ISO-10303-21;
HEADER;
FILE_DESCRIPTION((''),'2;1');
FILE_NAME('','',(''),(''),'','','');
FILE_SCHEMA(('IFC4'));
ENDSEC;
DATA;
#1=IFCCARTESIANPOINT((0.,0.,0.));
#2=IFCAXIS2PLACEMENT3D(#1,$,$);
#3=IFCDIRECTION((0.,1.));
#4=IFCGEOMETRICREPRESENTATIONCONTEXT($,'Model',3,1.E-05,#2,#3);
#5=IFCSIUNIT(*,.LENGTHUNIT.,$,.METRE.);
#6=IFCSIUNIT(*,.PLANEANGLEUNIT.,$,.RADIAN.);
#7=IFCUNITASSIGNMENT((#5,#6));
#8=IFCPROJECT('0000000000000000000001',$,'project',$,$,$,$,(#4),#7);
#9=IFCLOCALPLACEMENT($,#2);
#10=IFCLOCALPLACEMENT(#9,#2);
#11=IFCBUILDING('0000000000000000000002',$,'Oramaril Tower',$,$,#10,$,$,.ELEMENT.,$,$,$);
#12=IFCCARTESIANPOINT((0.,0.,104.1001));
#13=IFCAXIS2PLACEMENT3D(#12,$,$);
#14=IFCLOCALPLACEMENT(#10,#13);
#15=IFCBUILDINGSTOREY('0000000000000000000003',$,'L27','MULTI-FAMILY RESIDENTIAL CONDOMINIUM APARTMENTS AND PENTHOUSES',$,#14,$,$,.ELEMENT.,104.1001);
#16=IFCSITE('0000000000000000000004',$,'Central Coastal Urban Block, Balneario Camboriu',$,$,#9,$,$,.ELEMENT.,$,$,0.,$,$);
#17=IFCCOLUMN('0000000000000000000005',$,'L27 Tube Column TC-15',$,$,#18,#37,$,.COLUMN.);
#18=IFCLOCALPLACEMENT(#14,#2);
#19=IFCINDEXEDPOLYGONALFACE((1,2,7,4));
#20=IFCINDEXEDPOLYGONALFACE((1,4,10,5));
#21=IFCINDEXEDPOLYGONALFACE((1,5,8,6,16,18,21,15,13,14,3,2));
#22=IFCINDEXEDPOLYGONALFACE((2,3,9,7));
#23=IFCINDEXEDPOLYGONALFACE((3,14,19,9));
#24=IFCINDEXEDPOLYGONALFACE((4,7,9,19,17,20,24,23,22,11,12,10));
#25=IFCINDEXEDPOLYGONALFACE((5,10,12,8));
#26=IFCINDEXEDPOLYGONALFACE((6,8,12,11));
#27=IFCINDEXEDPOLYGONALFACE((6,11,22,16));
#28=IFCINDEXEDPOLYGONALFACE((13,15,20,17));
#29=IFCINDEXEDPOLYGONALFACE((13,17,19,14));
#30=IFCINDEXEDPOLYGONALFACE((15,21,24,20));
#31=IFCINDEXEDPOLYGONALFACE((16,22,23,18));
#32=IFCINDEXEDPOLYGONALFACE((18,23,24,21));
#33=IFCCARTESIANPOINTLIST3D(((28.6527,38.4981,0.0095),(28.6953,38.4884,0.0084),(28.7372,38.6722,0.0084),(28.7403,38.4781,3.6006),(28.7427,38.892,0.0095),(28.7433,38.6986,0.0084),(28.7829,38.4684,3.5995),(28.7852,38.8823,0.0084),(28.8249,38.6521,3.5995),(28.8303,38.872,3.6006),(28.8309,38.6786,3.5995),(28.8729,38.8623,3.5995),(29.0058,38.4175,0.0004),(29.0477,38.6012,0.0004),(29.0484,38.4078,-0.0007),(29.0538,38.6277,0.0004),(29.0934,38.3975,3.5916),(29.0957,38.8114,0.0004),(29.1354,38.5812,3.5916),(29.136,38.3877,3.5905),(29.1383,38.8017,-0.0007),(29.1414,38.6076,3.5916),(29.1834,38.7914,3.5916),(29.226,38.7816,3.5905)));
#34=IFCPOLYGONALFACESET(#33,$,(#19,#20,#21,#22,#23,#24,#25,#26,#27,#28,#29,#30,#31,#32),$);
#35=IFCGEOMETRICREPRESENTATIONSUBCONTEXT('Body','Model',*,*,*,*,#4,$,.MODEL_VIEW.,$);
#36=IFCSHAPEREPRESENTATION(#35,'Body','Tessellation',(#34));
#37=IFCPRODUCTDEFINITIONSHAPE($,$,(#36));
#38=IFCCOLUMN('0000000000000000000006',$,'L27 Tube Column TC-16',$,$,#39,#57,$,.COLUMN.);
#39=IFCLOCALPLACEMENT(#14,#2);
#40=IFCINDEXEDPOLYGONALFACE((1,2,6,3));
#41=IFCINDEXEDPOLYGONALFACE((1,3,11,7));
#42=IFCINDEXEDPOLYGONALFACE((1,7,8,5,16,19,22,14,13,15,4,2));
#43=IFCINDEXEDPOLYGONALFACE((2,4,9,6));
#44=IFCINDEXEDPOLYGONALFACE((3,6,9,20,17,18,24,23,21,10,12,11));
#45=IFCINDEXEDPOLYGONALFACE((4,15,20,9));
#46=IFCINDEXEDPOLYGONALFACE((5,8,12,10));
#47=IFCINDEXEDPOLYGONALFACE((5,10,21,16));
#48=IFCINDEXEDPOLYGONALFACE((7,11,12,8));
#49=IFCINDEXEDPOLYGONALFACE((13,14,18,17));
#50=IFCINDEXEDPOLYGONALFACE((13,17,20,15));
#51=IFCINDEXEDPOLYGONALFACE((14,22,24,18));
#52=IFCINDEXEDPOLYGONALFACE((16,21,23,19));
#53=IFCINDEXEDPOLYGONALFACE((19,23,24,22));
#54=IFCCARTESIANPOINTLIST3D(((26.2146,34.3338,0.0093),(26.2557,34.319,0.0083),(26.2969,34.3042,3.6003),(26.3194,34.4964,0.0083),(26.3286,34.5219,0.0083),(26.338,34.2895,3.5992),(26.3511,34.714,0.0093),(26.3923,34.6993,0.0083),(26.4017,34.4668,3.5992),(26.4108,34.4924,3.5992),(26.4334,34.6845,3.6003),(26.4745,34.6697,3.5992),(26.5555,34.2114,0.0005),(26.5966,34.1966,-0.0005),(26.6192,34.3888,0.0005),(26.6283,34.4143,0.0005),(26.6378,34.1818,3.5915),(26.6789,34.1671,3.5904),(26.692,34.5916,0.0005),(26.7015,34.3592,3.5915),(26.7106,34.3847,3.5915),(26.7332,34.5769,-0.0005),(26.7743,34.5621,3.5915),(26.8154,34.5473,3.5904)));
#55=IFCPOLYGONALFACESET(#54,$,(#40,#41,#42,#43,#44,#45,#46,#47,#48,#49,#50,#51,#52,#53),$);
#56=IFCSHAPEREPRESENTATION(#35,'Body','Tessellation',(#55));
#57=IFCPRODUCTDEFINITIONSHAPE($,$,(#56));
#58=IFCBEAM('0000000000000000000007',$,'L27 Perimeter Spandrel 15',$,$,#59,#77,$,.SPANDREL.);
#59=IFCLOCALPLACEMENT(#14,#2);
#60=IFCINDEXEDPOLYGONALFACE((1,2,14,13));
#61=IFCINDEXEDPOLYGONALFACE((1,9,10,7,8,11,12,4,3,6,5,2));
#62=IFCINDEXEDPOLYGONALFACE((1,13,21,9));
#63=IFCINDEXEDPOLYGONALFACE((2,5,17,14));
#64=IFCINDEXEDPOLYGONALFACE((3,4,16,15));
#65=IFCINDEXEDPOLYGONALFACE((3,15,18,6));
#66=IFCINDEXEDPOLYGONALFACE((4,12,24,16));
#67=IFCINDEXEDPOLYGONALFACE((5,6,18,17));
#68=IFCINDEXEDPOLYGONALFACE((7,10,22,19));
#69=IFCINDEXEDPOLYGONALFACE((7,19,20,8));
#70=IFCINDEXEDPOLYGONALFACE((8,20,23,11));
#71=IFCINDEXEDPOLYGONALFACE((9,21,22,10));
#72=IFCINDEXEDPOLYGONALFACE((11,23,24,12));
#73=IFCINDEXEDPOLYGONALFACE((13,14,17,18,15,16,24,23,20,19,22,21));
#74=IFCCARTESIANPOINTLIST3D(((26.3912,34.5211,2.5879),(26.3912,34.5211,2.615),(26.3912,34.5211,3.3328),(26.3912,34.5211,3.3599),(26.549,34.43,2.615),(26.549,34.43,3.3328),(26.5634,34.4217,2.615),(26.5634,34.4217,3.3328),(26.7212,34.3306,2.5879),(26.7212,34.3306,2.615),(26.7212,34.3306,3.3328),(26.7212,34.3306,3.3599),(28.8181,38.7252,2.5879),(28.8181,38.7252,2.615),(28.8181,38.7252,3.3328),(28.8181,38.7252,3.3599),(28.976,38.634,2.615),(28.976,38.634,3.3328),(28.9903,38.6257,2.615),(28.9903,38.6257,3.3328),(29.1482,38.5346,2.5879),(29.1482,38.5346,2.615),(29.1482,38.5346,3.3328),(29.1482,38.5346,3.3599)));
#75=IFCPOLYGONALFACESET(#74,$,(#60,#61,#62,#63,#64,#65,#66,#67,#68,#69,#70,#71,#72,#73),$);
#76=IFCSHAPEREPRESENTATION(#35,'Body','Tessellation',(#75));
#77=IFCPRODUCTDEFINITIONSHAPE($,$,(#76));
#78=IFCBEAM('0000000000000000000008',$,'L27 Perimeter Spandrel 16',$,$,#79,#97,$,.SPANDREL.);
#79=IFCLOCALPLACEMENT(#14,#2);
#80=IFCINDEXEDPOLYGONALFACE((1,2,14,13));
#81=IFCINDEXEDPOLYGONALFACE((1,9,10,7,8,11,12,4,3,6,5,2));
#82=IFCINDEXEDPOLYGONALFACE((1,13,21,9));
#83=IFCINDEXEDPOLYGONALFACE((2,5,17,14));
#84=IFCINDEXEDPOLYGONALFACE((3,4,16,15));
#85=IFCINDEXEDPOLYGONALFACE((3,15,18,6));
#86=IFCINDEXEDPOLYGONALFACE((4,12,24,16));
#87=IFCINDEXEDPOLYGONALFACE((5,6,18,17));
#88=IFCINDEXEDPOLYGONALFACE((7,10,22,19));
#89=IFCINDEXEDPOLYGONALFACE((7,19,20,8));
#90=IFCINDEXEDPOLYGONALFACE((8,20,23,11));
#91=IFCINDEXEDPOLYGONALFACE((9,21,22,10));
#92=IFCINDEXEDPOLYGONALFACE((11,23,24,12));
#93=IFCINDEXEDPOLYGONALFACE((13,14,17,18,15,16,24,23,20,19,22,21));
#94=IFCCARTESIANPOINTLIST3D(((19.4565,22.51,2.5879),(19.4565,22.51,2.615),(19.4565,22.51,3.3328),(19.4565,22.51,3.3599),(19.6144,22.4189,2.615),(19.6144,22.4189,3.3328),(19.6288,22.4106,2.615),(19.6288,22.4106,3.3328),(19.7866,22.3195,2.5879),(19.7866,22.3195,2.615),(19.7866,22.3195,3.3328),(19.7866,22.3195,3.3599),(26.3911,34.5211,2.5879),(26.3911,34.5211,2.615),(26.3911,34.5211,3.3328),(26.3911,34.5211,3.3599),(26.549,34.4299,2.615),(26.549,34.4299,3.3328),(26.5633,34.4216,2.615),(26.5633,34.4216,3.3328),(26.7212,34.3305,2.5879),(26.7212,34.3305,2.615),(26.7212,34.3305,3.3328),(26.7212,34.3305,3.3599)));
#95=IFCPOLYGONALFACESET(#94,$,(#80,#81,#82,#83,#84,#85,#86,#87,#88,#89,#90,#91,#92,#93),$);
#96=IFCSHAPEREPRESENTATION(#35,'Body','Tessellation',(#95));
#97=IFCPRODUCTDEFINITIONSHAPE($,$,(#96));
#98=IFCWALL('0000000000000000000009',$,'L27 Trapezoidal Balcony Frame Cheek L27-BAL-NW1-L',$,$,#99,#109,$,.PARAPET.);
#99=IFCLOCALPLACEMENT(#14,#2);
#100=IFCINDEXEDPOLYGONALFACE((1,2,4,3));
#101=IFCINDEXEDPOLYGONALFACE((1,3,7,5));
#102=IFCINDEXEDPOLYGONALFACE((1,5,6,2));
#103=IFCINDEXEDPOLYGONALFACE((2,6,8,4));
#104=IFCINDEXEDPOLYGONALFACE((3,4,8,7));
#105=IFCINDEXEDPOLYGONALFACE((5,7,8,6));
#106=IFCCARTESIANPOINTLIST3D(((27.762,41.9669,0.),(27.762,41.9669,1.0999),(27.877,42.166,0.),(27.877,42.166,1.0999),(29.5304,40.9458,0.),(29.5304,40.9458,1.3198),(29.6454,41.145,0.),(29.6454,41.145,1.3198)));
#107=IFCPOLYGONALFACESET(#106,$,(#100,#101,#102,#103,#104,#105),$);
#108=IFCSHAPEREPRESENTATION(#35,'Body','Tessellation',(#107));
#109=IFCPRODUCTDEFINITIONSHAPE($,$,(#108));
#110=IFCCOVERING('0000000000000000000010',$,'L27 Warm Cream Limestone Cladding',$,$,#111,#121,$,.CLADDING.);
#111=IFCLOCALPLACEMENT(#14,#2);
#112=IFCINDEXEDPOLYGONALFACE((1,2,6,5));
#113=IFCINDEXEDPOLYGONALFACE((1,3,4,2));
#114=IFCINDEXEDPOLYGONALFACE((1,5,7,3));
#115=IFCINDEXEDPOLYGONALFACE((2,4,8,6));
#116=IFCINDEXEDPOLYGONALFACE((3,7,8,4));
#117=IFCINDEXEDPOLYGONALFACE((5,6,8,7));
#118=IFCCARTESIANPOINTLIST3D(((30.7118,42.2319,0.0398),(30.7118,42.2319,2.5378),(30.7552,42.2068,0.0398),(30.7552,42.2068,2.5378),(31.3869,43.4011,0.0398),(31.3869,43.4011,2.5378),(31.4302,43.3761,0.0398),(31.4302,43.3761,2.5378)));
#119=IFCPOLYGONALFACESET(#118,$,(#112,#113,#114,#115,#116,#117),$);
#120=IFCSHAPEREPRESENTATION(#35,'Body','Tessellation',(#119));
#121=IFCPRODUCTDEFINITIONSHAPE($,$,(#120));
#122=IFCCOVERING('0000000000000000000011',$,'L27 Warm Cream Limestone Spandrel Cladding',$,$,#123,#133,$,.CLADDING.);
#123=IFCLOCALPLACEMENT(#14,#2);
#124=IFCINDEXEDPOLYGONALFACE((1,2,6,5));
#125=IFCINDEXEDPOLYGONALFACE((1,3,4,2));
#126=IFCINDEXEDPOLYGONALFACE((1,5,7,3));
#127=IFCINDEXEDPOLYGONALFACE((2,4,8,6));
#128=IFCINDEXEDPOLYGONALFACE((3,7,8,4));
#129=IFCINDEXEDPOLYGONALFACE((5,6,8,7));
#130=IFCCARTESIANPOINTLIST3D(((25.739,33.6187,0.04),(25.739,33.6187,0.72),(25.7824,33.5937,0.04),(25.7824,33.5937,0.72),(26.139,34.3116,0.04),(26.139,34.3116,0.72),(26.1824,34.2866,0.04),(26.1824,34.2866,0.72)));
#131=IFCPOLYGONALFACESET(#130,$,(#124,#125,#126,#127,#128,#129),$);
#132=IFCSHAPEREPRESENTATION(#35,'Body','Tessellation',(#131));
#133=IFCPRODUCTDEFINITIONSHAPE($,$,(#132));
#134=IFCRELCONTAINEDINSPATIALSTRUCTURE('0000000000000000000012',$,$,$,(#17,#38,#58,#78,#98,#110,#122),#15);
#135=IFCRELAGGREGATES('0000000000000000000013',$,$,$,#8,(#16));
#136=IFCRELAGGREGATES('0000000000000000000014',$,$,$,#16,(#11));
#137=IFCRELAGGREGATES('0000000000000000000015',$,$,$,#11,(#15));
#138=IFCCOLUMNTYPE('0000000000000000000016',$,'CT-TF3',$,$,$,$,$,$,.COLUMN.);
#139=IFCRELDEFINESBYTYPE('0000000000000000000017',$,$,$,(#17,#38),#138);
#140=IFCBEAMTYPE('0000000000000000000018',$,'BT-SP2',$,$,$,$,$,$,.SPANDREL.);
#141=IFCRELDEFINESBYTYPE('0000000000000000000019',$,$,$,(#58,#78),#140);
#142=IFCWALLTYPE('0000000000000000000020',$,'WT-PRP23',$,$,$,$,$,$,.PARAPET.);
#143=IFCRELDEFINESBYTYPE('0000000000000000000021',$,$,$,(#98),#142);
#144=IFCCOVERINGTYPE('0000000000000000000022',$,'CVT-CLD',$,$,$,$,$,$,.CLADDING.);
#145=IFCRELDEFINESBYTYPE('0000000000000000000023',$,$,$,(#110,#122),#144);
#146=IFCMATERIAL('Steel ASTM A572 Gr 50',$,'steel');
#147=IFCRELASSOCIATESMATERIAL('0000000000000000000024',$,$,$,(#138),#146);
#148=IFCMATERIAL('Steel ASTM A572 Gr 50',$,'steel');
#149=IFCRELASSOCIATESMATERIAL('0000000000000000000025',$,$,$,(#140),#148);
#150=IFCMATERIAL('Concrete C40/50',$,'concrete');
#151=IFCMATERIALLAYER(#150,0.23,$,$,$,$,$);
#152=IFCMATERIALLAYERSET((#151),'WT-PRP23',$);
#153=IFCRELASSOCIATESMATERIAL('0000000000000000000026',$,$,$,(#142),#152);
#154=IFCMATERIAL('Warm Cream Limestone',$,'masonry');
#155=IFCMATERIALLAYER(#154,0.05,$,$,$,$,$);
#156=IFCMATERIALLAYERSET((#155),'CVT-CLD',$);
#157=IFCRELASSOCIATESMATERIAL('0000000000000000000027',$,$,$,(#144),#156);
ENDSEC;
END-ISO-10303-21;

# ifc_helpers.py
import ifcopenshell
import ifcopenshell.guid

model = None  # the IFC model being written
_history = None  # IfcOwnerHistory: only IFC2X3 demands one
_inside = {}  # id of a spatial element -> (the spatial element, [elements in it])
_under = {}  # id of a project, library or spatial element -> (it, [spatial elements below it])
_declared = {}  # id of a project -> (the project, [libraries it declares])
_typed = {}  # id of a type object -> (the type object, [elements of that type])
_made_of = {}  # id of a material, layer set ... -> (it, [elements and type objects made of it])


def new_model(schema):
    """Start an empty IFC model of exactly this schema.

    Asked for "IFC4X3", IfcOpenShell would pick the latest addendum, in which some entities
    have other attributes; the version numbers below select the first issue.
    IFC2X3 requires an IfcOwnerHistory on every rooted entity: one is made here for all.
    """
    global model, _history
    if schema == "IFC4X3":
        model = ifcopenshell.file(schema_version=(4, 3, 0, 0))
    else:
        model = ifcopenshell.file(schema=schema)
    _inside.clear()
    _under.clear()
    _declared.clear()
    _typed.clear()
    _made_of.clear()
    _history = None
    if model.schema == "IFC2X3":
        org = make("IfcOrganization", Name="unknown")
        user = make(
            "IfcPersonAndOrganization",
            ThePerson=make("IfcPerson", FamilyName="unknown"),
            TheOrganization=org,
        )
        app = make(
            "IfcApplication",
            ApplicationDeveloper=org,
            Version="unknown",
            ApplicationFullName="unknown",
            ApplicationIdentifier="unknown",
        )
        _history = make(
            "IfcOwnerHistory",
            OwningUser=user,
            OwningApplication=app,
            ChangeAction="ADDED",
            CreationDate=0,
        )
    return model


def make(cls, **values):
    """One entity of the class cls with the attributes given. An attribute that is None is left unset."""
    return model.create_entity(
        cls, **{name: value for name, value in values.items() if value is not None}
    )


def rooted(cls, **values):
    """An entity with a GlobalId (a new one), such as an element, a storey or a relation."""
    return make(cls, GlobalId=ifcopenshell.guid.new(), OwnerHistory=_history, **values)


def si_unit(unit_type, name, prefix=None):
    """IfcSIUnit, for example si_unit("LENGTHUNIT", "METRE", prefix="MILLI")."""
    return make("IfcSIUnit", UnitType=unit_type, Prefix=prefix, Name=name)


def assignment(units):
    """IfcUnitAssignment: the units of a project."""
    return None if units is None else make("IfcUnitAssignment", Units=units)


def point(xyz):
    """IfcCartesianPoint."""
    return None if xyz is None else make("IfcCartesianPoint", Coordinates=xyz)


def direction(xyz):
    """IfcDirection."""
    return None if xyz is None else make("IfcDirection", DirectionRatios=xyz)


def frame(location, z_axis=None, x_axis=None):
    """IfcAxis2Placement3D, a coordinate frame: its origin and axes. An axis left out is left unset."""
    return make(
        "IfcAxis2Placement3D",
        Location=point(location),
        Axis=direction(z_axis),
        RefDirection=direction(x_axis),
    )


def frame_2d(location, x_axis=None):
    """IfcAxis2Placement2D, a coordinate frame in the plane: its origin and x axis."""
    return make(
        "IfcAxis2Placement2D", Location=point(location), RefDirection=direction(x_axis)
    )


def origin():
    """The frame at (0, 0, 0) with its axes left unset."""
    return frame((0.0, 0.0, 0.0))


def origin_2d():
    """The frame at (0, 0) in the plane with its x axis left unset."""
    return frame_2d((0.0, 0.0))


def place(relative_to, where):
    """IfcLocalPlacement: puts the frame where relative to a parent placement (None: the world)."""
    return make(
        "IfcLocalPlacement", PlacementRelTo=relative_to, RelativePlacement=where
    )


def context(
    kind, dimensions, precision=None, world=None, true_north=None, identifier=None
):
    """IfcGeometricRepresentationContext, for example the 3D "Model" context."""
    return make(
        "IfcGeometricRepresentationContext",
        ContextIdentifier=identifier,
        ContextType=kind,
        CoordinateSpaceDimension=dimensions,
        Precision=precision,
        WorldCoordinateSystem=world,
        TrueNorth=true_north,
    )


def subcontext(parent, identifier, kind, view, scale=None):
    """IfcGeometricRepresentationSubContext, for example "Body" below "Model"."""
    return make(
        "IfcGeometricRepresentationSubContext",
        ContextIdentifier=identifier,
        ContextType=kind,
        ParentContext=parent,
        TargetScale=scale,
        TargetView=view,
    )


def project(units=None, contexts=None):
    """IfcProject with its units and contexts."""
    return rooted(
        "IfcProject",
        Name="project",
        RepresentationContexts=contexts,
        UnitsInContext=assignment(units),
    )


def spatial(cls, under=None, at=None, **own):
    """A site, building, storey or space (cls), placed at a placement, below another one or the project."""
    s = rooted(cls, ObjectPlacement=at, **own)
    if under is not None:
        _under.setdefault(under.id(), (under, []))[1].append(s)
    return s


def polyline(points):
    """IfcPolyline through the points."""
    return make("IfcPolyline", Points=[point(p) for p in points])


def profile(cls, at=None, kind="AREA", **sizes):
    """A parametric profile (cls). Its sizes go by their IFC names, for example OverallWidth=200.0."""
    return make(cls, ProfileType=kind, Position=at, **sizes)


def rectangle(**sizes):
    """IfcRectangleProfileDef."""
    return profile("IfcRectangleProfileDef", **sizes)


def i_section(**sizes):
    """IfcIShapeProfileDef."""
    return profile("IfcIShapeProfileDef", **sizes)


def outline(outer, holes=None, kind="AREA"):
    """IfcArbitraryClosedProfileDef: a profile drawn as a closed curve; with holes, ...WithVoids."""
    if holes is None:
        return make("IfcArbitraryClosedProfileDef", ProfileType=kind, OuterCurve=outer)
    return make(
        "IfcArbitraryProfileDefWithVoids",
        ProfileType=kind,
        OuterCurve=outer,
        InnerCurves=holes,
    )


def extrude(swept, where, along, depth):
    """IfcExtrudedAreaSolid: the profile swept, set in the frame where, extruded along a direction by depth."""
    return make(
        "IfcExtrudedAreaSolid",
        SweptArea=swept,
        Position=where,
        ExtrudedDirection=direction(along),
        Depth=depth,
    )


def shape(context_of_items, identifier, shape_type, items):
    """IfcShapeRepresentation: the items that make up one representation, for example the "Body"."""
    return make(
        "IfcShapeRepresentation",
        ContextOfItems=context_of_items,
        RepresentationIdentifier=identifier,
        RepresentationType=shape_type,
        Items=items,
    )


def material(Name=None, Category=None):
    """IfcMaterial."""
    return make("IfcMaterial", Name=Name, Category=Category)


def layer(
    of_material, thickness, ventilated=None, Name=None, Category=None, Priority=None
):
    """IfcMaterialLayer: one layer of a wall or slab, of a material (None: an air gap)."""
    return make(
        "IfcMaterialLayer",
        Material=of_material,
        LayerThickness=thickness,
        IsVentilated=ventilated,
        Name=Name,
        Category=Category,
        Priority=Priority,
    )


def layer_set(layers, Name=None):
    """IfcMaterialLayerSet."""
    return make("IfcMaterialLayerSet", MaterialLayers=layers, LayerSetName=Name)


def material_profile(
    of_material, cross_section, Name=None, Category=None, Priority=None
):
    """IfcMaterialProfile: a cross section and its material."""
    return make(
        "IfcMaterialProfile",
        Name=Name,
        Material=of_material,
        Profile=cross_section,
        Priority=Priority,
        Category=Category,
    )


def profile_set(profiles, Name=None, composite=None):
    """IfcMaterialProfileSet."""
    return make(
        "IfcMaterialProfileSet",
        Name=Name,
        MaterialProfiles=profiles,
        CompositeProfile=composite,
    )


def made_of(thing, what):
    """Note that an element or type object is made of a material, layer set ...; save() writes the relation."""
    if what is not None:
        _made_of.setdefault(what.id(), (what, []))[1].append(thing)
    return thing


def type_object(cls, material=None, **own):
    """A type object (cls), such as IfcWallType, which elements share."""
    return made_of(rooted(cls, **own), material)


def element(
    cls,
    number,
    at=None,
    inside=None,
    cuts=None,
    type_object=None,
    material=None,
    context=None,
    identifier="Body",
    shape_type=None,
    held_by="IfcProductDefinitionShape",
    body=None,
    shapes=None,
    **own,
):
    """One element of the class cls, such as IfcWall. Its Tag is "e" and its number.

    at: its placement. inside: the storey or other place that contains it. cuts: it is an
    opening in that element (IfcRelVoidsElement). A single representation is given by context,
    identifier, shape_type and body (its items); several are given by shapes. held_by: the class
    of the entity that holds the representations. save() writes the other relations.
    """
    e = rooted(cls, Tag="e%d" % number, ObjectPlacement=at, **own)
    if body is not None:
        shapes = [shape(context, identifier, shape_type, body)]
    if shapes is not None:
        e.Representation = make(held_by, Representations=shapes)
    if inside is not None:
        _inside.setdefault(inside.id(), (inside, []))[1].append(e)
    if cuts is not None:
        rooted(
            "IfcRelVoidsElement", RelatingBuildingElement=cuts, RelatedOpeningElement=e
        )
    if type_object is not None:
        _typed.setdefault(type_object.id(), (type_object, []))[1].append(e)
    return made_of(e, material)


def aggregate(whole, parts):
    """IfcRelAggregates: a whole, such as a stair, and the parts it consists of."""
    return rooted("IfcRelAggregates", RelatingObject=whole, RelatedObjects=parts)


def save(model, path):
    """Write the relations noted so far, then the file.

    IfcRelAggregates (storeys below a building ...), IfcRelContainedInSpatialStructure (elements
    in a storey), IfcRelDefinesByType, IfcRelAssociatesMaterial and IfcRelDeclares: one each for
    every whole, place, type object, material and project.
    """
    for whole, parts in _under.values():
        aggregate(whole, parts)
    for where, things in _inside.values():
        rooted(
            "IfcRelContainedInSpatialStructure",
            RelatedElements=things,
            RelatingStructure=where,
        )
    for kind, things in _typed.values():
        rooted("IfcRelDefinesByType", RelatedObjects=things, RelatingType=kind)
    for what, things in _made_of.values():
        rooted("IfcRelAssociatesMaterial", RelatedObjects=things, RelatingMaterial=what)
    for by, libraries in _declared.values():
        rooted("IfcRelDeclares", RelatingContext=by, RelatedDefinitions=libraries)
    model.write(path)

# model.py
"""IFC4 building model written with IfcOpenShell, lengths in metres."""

from ifc_helpers import new_model, si_unit, direction, frame, origin, origin_2d, place, context, subcontext, project, spatial, polyline, rectangle, i_section, outline, extrude, material, layer, layer_set, material_profile, profile_set, type_object, element, save


model = new_model("IFC4")

# Units and contexts
model_context = context("Model", 3, precision=1e-05, world=origin(), true_north=direction((0.0, 1.0)))
body_context = subcontext(model_context, "Body", "Model", "MODEL_VIEW")
ifc_project = project(units=[si_unit("LENGTHUNIT", "METRE"), si_unit("PLANEANGLEUNIT", "RADIAN")], contexts=[model_context])

# Site, building, storey
site_placement = place(None, origin())
site = spatial("IfcSite", under=ifc_project, at=site_placement, Name="Central Coastal Urban Block, Balneario Camboriu", CompositionType="ELEMENT", RefElevation=0.0)
building_placement = place(site_placement, origin())
building = spatial("IfcBuilding", under=site, at=building_placement, Name="Oramaril Tower", CompositionType="ELEMENT")
storey_placement = place(building_placement, frame((0.0, 0.0, 104.1001)))
storey = spatial("IfcBuildingStorey", under=building, at=storey_placement, Name="L27", Description="MULTI-FAMILY RESIDENTIAL CONDOMINIUM APARTMENTS AND PENTHOUSES", CompositionType="ELEMENT", Elevation=104.1001)

# Columns
ifc_material_1 = material(Name="Steel ASTM A572 Gr 50", Category="steel")
ifc_material_profile_1 = material_profile(ifc_material_1, i_section(OverallWidth=0.4041, OverallDepth=0.406, WebThickness=0.0271, FlangeThickness=0.0437, at=origin_2d()), Name="W14X233")
ifc_profile_set_1 = profile_set([ifc_material_profile_1], Name="Steel ASTM A572 Gr 50")
column_type = type_object("IfcColumnType", Name="CT-TF3", PredefinedType="COLUMN", material=ifc_profile_set_1)
column_1_placement = place(storey_placement, frame((28.8955, 38.6499, 0.0044), z_axis=(0.024399, -0.005573, 0.999687), x_axis=(0.222677, 0.974892, 0.0)))
element("IfcColumn", 1, at=column_1_placement, inside=storey, type_object=column_type, Name="L27 Tube Column TC-15", PredefinedType="COLUMN", context=body_context, shape_type="SweptSolid", body=[
    extrude(i_section(OverallWidth=0.4041, OverallDepth=0.406, WebThickness=0.0271, FlangeThickness=0.0437, at=origin_2d()), origin(), (0.0, 0.0, 1.0), 3.5923),
])
column_2_placement = place(storey_placement, frame((26.4739, 34.4553, 0.0044), z_axis=(0.022904, -0.008224, 0.999704), x_axis=(0.337928, 0.941172, 0.0)))
element("IfcColumn", 2, at=column_2_placement, inside=storey, type_object=column_type, Name="L27 Tube Column TC-16", PredefinedType="COLUMN", context=body_context, shape_type="SweptSolid", body=[
    extrude(i_section(OverallWidth=0.4041, OverallDepth=0.406, WebThickness=0.0271, FlangeThickness=0.0437, at=origin_2d()), origin(), (0.0, 0.0, 1.0), 3.592),
])

# Beams
ifc_material_2 = material(Name="Steel ASTM A572 Gr 50", Category="steel")
ifc_material_profile_2 = material_profile(ifc_material_2, i_section(OverallWidth=0.3811, OverallDepth=0.772, WebThickness=0.0166, FlangeThickness=0.0271, at=origin_2d()), Name="W30X173")
ifc_profile_set_2 = profile_set([ifc_material_profile_2], Name="Steel ASTM A572 Gr 50")
beam_type = type_object("IfcBeamType", Name="BT-SP2", PredefinedType="SPANDREL", material=ifc_profile_set_2)
beam_1_placement = place(storey_placement, frame((28.9832, 38.6299, 2.9739), z_axis=(-0.499963, -0.866047, 0.0), x_axis=(0.866047, -0.499963, 0.0)))
element("IfcBeam", 3, at=beam_1_placement, inside=storey, type_object=beam_type, Name="L27 Perimeter Spandrel 15", PredefinedType="SPANDREL", context=body_context, shape_type="SweptSolid", body=[
    extrude(i_section(OverallWidth=0.3811, OverallDepth=0.772, WebThickness=0.0166, FlangeThickness=0.0271, at=origin_2d()), origin(), (0.0, 0.0, 1.0), 4.8542),
])
beam_2_placement = place(storey_placement, frame((26.5562, 34.4258, 2.9739), z_axis=(-0.500001, -0.866025, 0.0), x_axis=(0.866025, -0.500001, 0.0)))
element("IfcBeam", 4, at=beam_2_placement, inside=storey, type_object=beam_type, Name="L27 Perimeter Spandrel 16", PredefinedType="SPANDREL", context=body_context, shape_type="SweptSolid", body=[
    extrude(i_section(OverallWidth=0.3811, OverallDepth=0.772, WebThickness=0.0166, FlangeThickness=0.0271, at=origin_2d()), origin(), (0.0, 0.0, 1.0), 13.8691),
])

# Wall
ifc_material_3 = material(Name="Concrete C40/50", Category="concrete")
ifc_layer_1 = layer(ifc_material_3, 0.23)
ifc_layer_set_1 = layer_set([ifc_layer_1], Name="WT-PRP23")
wall_type_1 = type_object("IfcWallType", Name="WT-PRP23", PredefinedType="PARAPET", material=ifc_layer_set_1)
wall_1_placement = place(storey_placement, frame((29.5879, 41.0454, 0.0), z_axis=(0.0, 0.0, 1.0), x_axis=(-0.866012, 0.500023, 0.0)))
element("IfcWall", 5, at=wall_1_placement, inside=storey, type_object=wall_type_1, Name="L27 Trapezoidal Balcony Frame Cheek L27-BAL-NW1-L", PredefinedType="PARAPET", context=body_context, shape_type="SweptSolid", body=[
    extrude(outline(polyline([(0.0, 0.0), (2.042, 0.0), (2.042, 1.0999), (0.0, 1.3198), (0.0, 0.0)])), frame((0.0, 0.115, 0.0), z_axis=(0.0, -1.0, 0.0), x_axis=(1.0, 0.0, 0.0)), (0.0, 0.0, 1.0), 0.23),
])

# Coverings
ifc_material_4 = material(Name="Warm Cream Limestone", Category="masonry")
ifc_layer_2 = layer(ifc_material_4, 0.05)
ifc_layer_set_2 = layer_set([ifc_layer_2], Name="CVT-CLD")
covering_type = type_object("IfcCoveringType", Name="CVT-CLD", PredefinedType="CLADDING", material=ifc_layer_set_2)
covering_1_placement = place(storey_placement, frame((31.071, 42.804, 0.0398), z_axis=(0.0, 0.0, 1.0), x_axis=(-0.5, -0.866025, 0.0)))
element("IfcCovering", 6, at=covering_1_placement, inside=storey, type_object=covering_type, Name="L27 Warm Cream Limestone Cladding", PredefinedType="CLADDING", context=body_context, shape_type="SweptSolid", body=[
    extrude(rectangle(XDim=1.3501, YDim=0.05, at=origin_2d()), origin(), (0.0, 0.0, 1.0), 2.498),
])
covering_2_placement = place(storey_placement, frame((25.9607, 33.9526, 0.04), z_axis=(0.0, 0.0, 1.0), x_axis=(-0.5, -0.866025, 0.0)))
element("IfcCovering", 7, at=covering_2_placement, inside=storey, type_object=covering_type, Name="L27 Warm Cream Limestone Spandrel Cladding", PredefinedType="CLADDING", context=body_context, shape_type="SweptSolid", body=[
    extrude(rectangle(XDim=0.8, YDim=0.05, at=origin_2d()), origin(), (0.0, 0.0, 1.0), 0.6799),
])

save(model, "model.ifc")
